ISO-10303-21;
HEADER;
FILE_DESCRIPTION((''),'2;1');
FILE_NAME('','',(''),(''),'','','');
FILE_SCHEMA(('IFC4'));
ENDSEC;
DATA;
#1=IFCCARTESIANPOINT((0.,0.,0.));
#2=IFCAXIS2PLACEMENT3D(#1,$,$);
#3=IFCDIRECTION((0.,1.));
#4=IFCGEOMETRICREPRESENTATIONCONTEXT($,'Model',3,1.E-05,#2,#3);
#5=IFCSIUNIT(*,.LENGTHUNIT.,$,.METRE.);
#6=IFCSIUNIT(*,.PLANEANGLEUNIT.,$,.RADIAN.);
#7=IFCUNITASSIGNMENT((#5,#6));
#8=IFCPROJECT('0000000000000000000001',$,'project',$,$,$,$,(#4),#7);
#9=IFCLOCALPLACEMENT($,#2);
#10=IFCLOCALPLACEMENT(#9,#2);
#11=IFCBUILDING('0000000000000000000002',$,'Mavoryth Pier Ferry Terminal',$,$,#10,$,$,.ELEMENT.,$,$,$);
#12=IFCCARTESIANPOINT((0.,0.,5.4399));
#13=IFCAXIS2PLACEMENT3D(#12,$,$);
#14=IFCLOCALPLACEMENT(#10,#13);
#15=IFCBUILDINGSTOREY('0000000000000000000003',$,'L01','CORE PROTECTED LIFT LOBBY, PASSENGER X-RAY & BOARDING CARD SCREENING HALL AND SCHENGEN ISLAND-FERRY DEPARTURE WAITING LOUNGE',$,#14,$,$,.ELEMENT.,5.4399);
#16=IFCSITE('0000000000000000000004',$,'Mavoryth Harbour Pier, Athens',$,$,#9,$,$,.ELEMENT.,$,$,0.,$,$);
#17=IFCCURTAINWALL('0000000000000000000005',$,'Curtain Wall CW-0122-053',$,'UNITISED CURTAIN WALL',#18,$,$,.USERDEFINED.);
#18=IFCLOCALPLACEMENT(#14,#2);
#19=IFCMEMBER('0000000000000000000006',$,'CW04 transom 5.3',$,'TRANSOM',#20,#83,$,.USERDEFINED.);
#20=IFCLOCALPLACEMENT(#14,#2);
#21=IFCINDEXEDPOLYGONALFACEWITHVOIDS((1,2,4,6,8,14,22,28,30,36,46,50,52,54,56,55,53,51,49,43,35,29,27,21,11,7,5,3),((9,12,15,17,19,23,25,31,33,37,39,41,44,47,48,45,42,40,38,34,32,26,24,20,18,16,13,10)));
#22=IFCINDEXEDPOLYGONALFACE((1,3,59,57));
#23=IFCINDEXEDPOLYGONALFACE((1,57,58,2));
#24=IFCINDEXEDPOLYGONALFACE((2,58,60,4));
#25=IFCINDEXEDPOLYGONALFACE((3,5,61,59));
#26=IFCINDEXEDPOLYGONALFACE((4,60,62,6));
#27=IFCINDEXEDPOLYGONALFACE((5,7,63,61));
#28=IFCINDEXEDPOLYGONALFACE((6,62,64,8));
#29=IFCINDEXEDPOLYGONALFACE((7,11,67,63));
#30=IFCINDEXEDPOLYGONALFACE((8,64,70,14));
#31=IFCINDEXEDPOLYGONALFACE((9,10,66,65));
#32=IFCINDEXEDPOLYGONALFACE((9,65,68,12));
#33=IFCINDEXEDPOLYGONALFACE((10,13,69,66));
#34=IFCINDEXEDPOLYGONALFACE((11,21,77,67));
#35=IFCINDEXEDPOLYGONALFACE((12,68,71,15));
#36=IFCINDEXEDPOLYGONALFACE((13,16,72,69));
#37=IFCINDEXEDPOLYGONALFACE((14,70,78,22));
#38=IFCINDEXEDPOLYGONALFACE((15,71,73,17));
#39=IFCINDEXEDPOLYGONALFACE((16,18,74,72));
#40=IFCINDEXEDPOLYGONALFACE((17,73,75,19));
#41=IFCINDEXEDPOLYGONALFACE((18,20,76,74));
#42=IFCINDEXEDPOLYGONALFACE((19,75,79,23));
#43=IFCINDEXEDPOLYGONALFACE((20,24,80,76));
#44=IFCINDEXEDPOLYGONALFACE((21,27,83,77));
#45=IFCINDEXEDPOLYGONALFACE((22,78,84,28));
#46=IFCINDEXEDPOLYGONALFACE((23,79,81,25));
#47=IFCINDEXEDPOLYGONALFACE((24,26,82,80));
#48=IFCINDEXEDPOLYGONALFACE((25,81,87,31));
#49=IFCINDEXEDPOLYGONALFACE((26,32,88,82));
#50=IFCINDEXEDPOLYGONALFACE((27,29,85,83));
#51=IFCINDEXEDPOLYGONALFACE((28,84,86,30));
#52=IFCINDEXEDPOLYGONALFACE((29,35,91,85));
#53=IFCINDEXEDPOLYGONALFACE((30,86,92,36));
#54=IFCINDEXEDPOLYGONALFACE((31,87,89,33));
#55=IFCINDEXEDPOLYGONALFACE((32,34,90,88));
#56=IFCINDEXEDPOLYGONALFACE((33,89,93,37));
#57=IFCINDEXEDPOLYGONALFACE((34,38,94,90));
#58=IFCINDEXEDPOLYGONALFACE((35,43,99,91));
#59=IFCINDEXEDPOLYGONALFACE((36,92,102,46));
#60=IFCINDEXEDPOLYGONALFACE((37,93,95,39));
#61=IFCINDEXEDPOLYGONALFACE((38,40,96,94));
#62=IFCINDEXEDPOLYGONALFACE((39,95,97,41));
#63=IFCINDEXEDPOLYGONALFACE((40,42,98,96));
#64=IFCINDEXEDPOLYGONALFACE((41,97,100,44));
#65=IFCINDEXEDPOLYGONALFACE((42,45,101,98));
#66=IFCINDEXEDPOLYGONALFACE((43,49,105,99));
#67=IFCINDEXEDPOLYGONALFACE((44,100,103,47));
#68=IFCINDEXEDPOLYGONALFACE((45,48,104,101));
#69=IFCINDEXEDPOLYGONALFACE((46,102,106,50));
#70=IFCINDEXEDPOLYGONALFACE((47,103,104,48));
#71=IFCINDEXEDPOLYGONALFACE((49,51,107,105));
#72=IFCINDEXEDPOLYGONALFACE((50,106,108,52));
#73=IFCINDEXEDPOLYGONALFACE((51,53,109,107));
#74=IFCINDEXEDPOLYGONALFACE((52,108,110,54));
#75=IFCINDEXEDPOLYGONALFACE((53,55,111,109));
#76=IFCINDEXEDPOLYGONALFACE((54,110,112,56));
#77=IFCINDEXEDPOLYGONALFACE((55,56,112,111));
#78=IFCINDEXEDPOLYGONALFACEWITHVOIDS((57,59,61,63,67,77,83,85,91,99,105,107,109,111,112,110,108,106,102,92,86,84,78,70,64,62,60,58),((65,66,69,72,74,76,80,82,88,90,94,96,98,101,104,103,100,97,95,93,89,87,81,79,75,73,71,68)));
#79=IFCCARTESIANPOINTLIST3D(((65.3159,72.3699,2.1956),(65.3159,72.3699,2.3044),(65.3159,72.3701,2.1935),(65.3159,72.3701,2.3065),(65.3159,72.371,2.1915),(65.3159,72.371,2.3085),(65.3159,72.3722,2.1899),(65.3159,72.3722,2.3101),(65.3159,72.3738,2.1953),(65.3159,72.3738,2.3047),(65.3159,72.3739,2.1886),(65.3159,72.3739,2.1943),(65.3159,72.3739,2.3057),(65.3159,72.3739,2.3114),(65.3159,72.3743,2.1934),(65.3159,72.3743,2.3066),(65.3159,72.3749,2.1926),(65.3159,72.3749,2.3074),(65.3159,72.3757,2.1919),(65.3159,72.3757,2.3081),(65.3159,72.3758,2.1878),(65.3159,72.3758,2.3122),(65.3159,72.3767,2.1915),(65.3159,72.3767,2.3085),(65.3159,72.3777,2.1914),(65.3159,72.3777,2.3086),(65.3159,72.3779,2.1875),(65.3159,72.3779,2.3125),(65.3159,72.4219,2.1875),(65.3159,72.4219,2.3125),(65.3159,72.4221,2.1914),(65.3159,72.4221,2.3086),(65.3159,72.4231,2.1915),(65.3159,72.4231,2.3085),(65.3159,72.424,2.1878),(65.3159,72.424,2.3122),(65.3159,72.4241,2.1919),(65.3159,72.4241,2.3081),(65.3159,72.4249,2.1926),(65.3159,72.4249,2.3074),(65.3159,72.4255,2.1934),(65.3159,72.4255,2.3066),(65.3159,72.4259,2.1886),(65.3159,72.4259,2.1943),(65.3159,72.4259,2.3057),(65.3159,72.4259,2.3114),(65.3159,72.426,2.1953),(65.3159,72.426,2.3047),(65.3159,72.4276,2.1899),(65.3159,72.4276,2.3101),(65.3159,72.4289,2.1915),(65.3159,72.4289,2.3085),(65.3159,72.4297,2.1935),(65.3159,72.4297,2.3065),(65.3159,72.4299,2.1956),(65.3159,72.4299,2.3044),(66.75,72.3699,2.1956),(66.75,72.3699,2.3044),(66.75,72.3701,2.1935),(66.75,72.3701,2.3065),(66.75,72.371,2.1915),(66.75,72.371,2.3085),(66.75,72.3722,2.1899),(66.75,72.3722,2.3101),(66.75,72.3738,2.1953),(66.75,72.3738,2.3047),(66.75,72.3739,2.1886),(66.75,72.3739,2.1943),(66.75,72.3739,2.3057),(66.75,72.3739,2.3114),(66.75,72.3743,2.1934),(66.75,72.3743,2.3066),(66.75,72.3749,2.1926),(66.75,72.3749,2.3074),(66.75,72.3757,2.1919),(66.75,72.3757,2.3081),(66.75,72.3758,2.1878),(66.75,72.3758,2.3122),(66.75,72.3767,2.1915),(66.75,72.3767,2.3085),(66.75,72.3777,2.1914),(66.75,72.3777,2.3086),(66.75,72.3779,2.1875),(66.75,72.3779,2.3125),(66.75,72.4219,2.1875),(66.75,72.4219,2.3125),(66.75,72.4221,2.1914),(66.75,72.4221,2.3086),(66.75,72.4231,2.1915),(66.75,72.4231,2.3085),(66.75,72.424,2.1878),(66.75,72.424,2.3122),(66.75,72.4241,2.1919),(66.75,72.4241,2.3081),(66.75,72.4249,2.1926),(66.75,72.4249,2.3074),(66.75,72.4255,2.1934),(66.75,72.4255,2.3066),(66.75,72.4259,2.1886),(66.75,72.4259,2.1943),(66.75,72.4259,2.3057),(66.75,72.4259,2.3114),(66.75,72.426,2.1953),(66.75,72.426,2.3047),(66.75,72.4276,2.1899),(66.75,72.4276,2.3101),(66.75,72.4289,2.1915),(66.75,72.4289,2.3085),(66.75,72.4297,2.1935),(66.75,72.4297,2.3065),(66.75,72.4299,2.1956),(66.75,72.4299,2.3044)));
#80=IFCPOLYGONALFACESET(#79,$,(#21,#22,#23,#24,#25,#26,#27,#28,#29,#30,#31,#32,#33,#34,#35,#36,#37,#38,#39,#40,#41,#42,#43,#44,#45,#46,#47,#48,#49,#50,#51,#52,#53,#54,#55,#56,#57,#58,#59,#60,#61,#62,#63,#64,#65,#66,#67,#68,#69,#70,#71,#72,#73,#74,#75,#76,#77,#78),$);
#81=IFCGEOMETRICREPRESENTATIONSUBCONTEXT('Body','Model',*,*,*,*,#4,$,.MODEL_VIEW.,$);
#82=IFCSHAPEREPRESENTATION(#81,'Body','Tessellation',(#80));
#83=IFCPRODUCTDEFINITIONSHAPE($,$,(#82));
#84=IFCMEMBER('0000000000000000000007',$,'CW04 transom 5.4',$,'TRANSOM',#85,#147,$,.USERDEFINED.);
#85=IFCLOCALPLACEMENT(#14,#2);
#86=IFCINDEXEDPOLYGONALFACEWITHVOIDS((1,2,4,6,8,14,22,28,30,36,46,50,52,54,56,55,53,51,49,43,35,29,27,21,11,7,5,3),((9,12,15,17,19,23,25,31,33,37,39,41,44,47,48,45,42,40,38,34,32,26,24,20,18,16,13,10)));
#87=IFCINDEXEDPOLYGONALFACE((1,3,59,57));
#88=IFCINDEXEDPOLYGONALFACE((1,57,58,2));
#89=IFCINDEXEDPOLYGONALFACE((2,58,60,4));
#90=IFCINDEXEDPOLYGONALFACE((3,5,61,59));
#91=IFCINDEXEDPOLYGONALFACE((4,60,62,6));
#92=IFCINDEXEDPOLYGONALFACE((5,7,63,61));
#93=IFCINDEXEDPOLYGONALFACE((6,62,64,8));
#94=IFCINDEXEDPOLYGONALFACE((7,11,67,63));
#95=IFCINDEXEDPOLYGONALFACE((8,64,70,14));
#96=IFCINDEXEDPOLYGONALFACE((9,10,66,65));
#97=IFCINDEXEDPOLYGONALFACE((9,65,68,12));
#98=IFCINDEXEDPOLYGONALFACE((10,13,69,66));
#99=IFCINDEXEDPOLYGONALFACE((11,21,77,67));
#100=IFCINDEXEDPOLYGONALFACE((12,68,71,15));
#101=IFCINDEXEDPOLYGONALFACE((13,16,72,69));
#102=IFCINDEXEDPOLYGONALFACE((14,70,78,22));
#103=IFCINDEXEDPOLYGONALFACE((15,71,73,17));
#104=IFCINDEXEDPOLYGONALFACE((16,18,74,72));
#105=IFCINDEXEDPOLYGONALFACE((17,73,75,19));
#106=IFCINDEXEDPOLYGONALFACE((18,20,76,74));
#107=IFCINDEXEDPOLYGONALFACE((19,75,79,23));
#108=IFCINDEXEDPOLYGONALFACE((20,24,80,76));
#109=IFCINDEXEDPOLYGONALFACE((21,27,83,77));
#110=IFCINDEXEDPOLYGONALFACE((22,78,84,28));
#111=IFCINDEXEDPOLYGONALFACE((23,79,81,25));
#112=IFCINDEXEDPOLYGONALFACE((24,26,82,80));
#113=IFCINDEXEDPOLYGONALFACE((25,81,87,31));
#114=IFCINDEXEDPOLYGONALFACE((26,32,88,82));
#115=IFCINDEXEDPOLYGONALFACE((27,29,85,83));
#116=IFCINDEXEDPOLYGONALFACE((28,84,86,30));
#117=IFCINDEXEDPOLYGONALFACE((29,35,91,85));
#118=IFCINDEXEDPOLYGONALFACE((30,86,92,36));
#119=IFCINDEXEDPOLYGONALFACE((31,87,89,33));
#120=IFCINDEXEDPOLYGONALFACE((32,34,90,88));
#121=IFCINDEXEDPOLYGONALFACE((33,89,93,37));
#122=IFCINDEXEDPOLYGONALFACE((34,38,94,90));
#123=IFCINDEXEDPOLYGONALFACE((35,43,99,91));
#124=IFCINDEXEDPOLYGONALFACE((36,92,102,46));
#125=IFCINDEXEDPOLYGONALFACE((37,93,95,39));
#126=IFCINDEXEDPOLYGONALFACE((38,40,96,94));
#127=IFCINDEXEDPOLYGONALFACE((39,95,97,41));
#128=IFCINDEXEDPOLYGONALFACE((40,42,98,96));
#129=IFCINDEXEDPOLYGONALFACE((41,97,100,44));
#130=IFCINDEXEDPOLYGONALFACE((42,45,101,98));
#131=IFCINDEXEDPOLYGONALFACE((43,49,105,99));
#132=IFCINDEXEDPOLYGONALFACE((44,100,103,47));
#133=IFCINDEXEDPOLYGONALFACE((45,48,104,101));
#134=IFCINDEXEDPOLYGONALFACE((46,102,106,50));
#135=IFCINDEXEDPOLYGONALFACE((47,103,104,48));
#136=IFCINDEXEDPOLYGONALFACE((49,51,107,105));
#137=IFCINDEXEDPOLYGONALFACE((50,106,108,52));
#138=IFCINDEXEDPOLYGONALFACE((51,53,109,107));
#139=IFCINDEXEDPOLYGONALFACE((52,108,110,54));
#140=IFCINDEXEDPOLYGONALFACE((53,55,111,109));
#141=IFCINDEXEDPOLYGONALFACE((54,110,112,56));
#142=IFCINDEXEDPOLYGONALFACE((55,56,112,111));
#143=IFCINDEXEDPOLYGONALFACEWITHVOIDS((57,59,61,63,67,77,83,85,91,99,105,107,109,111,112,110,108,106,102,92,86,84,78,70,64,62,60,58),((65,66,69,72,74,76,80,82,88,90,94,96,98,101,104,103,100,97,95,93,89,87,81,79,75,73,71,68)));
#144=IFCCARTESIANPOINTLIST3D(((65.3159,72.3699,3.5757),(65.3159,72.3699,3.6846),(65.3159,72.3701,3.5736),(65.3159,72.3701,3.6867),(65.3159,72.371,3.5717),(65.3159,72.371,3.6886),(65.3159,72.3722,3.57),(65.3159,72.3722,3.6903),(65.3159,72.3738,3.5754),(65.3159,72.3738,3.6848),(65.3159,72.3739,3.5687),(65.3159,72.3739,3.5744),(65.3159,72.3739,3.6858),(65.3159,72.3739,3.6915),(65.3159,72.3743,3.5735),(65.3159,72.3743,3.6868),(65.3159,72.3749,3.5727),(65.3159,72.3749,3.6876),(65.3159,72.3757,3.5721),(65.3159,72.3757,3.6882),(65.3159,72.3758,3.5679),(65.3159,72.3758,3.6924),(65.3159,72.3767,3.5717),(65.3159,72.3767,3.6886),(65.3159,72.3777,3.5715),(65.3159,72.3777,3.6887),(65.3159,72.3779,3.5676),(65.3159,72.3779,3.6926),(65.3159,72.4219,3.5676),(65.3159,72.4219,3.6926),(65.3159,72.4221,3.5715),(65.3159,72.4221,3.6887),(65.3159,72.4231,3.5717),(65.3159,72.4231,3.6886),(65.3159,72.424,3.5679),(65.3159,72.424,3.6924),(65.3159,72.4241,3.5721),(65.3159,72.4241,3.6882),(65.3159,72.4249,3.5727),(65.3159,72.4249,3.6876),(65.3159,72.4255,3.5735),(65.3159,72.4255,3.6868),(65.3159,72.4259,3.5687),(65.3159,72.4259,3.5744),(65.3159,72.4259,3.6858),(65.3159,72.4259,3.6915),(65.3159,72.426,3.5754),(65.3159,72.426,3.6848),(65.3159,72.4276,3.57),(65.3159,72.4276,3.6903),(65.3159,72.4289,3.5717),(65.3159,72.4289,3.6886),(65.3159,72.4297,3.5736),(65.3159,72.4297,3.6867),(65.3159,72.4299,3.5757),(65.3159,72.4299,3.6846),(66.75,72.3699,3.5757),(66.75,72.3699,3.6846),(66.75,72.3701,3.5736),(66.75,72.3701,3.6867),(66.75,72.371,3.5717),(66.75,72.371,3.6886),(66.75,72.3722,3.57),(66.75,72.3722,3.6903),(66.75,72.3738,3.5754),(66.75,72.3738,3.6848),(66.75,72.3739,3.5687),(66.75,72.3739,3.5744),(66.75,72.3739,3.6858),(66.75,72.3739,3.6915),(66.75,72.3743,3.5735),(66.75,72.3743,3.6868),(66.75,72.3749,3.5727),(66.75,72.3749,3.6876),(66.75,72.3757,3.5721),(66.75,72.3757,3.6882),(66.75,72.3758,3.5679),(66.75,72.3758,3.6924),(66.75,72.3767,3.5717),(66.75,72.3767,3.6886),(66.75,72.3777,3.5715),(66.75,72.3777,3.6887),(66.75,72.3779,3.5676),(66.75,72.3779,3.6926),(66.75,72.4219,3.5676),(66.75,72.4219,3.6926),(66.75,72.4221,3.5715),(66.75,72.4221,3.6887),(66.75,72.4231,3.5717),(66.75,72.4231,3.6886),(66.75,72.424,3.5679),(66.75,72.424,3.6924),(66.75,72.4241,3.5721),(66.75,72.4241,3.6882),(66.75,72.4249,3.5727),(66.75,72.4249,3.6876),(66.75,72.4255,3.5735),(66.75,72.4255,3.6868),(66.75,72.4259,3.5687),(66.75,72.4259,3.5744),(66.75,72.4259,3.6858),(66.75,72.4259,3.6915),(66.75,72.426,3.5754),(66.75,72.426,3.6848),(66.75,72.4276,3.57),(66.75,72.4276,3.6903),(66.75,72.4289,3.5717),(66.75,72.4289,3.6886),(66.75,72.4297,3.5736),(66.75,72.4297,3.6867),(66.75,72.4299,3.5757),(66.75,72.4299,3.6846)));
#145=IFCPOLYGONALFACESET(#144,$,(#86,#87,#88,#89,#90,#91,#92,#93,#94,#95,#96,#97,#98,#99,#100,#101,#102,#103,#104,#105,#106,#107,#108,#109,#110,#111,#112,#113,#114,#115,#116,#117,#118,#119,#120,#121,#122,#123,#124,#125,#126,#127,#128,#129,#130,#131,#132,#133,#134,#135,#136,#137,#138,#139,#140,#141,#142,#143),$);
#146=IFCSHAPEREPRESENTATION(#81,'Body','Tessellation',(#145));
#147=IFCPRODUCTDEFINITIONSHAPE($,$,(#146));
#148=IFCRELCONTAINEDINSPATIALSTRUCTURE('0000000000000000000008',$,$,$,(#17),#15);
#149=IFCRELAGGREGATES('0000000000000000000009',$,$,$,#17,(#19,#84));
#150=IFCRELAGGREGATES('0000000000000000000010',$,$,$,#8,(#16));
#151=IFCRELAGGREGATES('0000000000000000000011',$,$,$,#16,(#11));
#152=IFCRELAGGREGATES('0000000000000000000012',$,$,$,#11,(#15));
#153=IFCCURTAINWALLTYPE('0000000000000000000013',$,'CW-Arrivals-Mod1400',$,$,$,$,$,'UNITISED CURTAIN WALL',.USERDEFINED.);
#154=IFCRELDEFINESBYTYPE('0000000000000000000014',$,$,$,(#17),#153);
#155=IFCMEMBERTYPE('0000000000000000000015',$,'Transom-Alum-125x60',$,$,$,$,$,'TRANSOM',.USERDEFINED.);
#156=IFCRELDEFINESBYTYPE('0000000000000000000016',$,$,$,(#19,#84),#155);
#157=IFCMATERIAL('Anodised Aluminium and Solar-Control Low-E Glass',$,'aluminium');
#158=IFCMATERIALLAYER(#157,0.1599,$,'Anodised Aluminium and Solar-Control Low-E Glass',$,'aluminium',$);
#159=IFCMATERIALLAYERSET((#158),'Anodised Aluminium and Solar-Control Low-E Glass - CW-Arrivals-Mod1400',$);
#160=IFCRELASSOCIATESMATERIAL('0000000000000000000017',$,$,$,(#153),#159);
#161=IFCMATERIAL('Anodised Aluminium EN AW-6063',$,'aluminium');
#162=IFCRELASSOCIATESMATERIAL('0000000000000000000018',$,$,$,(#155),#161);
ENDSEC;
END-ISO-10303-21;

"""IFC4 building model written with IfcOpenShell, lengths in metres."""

from ifc_helpers import new_model, si_unit, direction, frame, origin, origin_2d, place, context, subcontext, project, spatial, hollow_rectangle, extrude, material, layer, layer_set, material_profile, profile_set, type_object, element, aggregate, save


model = new_model("IFC4")

# Units and contexts
model_context = context("Model", 3, precision=1e-05, world=origin(), true_north=direction((0.0, 1.0)))
body_context = subcontext(model_context, "Body", "Model", "MODEL_VIEW")
ifc_project = project(units=[si_unit("LENGTHUNIT", "METRE"), si_unit("PLANEANGLEUNIT", "RADIAN")], contexts=[model_context])

# Site, building, storey
site_placement = place(None, origin())
site = spatial("IfcSite", under=ifc_project, at=site_placement, Name="Mavoryth Harbour Pier, Athens", CompositionType="ELEMENT", RefElevation=0.0)
building_placement = place(site_placement, origin())
building = spatial("IfcBuilding", under=site, at=building_placement, Name="Mavoryth Pier Ferry Terminal", CompositionType="ELEMENT")
storey_placement = place(building_placement, frame((0.0, 0.0, 5.4399)))
storey = spatial("IfcBuildingStorey", under=building, at=storey_placement, Name="L01", Description="CORE PROTECTED LIFT LOBBY, PASSENGER X-RAY & BOARDING CARD SCREENING HALL AND SCHENGEN ISLAND-FERRY DEPARTURE WAITING LOUNGE", CompositionType="ELEMENT", Elevation=5.4399)

# Curtain wall
ifc_material_1 = material(Name="Anodised Aluminium and Solar-Control Low-E Glass", Category="aluminium")
ifc_layer_1 = layer(ifc_material_1, 0.1599, Name="Anodised Aluminium and Solar-Control Low-E Glass", Category="aluminium")
ifc_layer_set_1 = layer_set([ifc_layer_1], Name="Anodised Aluminium and Solar-Control Low-E Glass - CW-Arrivals-Mod1400")
curtain_wall_type_1 = type_object("IfcCurtainWallType", Name="CW-Arrivals-Mod1400", ElementType="UNITISED CURTAIN WALL", PredefinedType="USERDEFINED", material=ifc_layer_set_1)
curtain_wall_1_placement = place(storey_placement, origin())
curtain_wall_1 = element("IfcCurtainWall", 1, at=curtain_wall_1_placement, inside=storey, type_object=curtain_wall_type_1, Name="Curtain Wall CW-0122-053", ObjectType="UNITISED CURTAIN WALL", PredefinedType="USERDEFINED")
ifc_material_2 = material(Name="Anodised Aluminium EN AW-6063", Category="aluminium")

# Members
ifc_material_profile_1 = material_profile(ifc_material_2, hollow_rectangle(XDim=0.0601, YDim=0.125, WallThickness=0.0039, InnerFilletRadius=0.0039, OuterFilletRadius=0.0081, at=origin_2d()), Name="AL-TRAN 125x60x4", Category="aluminium")
ifc_profile_set_1 = profile_set([ifc_material_profile_1], Name="Anodised Aluminium EN AW-6063 - AL-TRAN 125x60x4")
member_type_1 = type_object("IfcMemberType", Name="Transom-Alum-125x60", ElementType="TRANSOM", PredefinedType="USERDEFINED", material=ifc_profile_set_1)
member_1_placement = place(storey_placement, frame((65.3159, 72.3999, 2.25), z_axis=(1.0, 0.0, 0.0), x_axis=(0.0, 1.0, 0.0)))
member_1 = element("IfcMember", 2, at=member_1_placement, type_object=member_type_1, Name="CW04 transom 5.3", ObjectType="TRANSOM", PredefinedType="USERDEFINED", context=body_context, shape_type="SweptSolid", body=[
    extrude(hollow_rectangle(XDim=0.0601, YDim=0.125, WallThickness=0.0039, InnerFilletRadius=0.0039, OuterFilletRadius=0.0081, at=origin_2d()), origin(), (0.0, 0.0, 1.0), 1.4341),
])
member_2_placement = place(storey_placement, frame((65.3159, 72.3999, 3.6301), z_axis=(1.0, 0.0, 0.0), x_axis=(0.0, 1.0, 0.0)))
member_2 = element("IfcMember", 3, at=member_2_placement, type_object=member_type_1, Name="CW04 transom 5.4", ObjectType="TRANSOM", PredefinedType="USERDEFINED", context=body_context, shape_type="SweptSolid", body=[
    extrude(hollow_rectangle(XDim=0.0601, YDim=0.125, WallThickness=0.0039, InnerFilletRadius=0.0039, OuterFilletRadius=0.0081, at=origin_2d()), origin(), (0.0, 0.0, 1.0), 1.4341),
])

aggregate(curtain_wall_1, [member_1, member_2])

save(model, "model.ifc")
